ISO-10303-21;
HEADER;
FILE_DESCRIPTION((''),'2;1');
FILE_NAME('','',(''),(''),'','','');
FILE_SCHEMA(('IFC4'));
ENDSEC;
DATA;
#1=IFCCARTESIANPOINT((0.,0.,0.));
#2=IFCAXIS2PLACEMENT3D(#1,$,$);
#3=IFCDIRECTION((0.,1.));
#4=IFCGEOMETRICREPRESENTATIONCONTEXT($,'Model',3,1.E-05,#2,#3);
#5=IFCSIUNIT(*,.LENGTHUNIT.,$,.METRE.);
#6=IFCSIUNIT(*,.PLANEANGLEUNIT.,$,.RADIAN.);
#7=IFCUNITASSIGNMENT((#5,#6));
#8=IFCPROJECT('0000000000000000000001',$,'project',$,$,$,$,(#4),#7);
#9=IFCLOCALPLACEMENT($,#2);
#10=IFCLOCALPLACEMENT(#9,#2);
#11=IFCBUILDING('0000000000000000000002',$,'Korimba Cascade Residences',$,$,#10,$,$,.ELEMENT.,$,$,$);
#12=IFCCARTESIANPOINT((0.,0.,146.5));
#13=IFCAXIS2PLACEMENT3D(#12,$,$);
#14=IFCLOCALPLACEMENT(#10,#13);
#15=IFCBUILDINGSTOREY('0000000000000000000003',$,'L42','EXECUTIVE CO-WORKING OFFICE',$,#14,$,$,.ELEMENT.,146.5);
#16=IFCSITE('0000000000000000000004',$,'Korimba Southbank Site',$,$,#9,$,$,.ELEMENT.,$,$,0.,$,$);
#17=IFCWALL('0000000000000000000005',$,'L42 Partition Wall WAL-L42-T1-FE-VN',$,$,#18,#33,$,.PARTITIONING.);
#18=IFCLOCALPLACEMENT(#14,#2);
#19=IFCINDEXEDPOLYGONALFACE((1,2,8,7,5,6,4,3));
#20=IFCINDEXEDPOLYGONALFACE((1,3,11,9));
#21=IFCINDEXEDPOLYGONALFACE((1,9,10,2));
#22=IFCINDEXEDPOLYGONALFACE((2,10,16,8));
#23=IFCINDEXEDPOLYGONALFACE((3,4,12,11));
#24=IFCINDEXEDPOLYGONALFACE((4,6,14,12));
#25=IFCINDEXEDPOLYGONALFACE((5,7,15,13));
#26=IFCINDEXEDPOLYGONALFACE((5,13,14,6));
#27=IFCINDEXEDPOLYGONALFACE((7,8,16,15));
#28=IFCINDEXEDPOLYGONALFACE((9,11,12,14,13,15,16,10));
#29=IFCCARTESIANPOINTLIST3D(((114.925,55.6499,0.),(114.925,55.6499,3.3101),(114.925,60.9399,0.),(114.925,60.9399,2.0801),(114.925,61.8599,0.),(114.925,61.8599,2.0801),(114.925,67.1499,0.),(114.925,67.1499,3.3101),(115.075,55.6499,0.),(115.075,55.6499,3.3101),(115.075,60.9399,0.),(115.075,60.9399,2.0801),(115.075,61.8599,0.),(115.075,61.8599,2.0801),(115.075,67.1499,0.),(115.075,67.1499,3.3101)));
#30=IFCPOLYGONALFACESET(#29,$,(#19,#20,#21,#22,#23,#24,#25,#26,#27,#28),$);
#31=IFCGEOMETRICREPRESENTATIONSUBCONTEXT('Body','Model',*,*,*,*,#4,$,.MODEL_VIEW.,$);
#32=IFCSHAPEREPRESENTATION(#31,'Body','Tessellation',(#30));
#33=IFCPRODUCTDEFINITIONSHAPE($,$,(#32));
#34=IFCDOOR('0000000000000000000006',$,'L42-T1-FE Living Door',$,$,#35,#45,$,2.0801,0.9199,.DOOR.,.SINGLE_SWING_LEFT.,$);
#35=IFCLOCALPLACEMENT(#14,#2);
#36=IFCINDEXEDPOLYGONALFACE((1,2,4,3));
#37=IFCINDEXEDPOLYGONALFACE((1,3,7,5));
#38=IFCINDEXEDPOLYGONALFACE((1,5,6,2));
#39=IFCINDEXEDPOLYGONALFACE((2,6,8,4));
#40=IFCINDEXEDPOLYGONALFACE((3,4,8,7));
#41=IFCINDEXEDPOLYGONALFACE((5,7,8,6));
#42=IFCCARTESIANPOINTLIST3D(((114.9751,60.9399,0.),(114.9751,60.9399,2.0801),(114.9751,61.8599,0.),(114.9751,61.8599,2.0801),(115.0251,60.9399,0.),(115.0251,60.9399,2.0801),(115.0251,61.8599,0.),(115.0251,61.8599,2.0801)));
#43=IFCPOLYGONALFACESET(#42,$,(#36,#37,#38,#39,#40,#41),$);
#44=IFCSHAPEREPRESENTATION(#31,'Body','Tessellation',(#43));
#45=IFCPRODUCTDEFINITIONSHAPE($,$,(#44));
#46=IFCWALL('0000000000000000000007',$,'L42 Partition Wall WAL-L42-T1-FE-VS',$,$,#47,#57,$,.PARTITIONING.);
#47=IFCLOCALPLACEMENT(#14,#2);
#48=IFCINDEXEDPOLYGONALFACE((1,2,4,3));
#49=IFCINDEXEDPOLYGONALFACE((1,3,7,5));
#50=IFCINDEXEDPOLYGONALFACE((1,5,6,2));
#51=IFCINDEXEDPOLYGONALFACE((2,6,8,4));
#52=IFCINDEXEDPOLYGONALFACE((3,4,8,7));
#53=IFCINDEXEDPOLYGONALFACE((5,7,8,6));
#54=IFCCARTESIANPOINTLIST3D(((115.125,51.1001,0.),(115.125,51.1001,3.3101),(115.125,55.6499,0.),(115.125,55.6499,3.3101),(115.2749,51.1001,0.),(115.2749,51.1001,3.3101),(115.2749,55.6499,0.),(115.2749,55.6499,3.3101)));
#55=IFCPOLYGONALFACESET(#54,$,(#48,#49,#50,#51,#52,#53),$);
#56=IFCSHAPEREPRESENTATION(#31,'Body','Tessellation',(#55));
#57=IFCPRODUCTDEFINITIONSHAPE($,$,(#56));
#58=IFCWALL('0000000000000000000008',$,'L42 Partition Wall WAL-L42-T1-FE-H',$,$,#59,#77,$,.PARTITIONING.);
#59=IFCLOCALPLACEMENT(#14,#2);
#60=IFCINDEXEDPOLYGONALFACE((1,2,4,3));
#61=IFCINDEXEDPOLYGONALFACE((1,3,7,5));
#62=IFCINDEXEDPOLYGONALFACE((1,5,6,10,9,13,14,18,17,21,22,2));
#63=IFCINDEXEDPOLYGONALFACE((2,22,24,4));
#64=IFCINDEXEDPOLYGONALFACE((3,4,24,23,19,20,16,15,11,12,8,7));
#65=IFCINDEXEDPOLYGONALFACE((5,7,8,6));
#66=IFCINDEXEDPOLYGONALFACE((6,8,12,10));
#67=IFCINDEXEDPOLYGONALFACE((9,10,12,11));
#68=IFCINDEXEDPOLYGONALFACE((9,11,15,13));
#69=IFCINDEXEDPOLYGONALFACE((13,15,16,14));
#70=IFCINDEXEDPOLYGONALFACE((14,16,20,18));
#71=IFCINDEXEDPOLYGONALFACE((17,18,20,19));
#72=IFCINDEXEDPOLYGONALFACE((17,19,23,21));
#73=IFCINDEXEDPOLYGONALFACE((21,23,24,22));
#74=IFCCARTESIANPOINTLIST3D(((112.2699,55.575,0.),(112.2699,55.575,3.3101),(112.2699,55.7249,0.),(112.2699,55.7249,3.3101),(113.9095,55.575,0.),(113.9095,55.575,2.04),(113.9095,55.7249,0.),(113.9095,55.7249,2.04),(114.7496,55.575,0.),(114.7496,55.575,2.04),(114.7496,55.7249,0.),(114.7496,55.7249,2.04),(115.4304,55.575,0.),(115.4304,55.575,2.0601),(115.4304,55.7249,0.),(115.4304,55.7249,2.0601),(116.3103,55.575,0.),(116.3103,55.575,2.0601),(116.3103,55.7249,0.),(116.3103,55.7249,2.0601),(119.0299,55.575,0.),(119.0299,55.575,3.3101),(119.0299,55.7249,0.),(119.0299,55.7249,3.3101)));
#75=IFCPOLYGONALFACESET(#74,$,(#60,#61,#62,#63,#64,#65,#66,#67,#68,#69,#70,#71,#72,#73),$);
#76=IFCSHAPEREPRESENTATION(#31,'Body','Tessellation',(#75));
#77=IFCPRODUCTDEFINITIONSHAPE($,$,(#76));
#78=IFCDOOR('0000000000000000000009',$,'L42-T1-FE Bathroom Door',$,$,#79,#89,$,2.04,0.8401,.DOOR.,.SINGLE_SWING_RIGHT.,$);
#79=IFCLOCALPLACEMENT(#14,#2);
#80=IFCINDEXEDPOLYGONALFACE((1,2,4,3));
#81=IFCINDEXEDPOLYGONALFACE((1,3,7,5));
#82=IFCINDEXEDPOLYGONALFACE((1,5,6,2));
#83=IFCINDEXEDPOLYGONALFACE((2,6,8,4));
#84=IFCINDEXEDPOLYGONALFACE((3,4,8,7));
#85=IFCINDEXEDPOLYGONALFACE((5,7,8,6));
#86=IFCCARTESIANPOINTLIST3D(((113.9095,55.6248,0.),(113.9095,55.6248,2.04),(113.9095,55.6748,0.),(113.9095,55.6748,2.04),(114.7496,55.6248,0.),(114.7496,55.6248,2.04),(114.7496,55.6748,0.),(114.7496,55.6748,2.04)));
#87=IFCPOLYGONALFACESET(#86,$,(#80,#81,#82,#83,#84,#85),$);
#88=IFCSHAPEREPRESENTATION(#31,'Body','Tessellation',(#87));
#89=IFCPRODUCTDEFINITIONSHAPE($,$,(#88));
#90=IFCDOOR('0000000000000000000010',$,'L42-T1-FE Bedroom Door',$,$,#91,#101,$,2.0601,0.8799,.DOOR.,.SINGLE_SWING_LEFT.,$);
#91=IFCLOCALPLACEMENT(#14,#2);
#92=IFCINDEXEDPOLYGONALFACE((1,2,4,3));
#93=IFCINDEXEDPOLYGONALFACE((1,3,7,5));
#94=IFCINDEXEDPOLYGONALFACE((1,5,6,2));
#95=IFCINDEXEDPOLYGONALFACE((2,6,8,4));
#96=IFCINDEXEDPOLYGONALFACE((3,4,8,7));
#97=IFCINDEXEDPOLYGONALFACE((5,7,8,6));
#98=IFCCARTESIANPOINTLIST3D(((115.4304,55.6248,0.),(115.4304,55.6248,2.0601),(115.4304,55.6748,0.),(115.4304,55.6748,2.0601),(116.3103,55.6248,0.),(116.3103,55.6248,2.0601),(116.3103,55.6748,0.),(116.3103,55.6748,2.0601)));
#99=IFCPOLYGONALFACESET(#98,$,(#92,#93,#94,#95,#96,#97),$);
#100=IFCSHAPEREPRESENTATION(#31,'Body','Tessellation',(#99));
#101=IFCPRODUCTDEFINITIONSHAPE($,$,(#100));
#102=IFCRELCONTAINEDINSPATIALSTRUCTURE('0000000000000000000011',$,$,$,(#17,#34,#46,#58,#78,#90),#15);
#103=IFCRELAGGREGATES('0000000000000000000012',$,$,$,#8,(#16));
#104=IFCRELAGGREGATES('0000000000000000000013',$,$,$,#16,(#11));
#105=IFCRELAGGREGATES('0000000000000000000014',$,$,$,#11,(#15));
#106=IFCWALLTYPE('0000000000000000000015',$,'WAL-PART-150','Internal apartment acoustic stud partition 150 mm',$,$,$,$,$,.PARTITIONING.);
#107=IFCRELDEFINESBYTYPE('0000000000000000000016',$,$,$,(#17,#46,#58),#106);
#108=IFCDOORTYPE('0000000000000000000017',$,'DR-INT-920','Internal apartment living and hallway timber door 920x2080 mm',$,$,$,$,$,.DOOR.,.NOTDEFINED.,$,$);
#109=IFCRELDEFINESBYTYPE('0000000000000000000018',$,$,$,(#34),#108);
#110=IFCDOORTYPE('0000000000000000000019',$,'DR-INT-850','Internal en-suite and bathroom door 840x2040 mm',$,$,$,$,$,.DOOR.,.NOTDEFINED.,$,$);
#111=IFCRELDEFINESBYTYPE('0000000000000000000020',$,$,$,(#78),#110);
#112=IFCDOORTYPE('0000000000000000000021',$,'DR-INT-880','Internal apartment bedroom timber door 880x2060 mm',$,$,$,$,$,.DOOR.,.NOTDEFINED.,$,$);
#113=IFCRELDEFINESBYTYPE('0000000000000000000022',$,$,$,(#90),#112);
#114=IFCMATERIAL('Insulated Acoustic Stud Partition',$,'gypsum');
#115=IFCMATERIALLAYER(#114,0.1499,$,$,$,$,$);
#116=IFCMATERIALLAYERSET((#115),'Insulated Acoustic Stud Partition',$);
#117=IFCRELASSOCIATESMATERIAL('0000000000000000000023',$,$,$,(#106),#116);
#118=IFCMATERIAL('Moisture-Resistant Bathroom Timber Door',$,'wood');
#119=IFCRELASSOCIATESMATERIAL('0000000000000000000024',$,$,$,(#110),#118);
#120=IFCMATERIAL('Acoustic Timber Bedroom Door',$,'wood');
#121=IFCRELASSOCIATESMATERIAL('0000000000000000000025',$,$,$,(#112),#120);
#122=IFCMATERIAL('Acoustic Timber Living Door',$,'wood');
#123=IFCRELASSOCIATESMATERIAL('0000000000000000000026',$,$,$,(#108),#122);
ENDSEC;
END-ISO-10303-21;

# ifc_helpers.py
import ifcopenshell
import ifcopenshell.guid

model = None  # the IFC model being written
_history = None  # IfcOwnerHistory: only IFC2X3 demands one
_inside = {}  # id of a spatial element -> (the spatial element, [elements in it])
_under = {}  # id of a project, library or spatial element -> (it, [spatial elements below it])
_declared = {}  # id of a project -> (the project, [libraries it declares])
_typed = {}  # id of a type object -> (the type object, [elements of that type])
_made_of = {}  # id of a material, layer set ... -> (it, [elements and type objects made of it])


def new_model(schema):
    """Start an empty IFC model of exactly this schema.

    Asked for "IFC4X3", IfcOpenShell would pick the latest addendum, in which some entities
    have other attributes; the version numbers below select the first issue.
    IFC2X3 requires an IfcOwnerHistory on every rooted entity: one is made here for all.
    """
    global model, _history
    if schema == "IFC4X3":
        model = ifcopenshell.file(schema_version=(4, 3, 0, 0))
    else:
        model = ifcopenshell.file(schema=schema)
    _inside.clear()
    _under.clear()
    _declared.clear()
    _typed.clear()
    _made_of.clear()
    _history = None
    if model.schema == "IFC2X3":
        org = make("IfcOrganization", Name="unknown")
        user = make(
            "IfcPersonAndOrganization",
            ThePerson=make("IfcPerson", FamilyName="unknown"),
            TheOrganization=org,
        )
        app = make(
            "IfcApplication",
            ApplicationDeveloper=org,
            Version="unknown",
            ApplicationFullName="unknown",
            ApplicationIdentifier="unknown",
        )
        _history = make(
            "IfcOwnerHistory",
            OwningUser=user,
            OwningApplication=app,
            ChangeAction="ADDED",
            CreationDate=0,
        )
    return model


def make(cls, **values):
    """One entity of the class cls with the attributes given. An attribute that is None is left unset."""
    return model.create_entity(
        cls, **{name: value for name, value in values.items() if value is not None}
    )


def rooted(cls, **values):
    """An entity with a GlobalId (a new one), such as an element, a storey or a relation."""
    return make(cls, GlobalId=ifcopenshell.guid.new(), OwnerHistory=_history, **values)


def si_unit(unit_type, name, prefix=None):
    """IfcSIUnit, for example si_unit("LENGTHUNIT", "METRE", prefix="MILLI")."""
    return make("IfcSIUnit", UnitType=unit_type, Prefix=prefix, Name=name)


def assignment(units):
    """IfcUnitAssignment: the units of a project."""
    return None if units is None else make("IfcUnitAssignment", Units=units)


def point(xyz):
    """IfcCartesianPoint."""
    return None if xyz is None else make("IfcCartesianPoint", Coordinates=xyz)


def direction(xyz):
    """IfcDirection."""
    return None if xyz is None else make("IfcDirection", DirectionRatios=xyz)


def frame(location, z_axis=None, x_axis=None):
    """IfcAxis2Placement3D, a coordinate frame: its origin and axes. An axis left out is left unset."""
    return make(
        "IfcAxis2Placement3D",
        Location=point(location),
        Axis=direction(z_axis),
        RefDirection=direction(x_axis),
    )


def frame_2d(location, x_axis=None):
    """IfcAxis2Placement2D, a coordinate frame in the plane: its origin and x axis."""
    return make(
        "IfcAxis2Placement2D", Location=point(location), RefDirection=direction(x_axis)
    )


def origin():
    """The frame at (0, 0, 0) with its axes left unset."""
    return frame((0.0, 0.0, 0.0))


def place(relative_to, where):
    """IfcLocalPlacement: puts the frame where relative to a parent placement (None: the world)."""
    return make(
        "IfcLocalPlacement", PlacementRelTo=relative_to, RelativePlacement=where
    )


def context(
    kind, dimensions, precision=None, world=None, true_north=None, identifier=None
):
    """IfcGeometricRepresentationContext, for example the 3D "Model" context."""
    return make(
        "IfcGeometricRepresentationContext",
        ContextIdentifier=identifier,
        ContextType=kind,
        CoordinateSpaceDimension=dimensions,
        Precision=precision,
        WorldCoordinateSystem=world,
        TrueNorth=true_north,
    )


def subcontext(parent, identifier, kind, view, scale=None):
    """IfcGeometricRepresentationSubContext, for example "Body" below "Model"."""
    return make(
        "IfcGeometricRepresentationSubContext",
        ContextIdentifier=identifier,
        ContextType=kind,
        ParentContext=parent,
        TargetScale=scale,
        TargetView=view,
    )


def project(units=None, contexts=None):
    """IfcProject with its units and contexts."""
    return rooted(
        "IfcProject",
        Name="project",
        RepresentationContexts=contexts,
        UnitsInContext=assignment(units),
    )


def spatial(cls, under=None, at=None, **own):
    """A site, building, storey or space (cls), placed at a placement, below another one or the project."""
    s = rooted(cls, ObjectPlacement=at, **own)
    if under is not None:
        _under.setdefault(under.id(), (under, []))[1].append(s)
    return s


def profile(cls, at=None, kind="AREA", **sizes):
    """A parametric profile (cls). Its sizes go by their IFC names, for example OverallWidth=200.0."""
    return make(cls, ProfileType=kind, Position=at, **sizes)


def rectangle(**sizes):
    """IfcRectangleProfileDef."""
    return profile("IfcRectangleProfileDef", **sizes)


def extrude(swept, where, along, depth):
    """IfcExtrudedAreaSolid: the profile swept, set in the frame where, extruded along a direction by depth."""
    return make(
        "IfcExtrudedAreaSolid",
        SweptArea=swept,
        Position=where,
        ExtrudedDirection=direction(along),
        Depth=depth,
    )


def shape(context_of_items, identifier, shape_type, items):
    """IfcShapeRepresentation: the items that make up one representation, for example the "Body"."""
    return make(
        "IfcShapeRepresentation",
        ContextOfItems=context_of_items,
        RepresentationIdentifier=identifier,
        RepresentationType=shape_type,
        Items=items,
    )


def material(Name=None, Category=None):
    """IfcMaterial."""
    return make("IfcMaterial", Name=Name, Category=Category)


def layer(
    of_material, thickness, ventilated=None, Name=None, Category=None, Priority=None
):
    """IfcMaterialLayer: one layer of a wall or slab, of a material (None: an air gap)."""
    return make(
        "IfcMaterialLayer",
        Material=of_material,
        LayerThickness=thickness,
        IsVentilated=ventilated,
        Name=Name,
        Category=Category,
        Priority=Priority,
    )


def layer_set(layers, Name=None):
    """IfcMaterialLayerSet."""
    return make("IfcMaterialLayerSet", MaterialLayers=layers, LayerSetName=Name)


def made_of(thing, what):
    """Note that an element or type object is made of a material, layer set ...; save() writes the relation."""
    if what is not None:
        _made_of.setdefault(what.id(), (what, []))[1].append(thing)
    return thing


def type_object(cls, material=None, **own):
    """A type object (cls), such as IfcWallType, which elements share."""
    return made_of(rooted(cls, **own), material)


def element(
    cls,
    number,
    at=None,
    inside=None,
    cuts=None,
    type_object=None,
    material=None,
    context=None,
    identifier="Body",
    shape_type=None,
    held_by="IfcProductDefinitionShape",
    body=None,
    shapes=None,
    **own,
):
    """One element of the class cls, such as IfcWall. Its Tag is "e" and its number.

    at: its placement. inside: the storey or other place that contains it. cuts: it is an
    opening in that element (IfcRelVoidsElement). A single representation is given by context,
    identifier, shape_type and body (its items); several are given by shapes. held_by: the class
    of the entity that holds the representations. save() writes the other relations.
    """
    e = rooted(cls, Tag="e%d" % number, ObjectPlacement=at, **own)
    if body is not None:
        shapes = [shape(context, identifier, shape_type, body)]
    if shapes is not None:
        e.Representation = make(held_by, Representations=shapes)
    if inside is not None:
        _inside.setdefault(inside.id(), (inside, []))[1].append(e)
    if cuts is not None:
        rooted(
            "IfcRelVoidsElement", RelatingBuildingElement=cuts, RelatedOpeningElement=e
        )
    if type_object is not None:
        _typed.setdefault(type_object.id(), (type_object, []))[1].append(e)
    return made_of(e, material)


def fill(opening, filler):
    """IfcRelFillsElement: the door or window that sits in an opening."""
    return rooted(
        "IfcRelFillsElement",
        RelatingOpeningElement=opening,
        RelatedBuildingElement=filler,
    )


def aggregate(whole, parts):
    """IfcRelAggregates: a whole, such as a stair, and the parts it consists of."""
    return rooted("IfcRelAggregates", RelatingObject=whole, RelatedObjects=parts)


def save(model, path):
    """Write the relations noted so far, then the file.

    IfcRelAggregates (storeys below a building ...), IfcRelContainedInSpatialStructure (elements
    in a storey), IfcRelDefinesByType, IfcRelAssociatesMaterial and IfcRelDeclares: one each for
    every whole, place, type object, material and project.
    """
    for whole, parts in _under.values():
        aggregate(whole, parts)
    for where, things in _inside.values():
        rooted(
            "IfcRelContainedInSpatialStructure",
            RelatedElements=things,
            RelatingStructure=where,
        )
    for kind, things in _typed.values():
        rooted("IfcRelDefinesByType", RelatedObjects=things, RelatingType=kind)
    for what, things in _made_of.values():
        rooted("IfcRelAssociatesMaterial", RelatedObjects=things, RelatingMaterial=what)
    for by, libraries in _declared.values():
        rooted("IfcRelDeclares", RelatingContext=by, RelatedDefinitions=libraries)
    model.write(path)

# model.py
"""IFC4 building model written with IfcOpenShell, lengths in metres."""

from ifc_helpers import new_model, si_unit, direction, frame, frame_2d, origin, place, context, subcontext, project, spatial, rectangle, extrude, material, layer, layer_set, type_object, element, fill, save


model = new_model("IFC4")

# Units and contexts
model_context = context("Model", 3, precision=1e-05, world=origin(), true_north=direction((0.0, 1.0)))
body_context = subcontext(model_context, "Body", "Model", "MODEL_VIEW")
ifc_project = project(units=[si_unit("LENGTHUNIT", "METRE"), si_unit("PLANEANGLEUNIT", "RADIAN")], contexts=[model_context])

# Site, building, storey
site_placement = place(None, origin())
site = spatial("IfcSite", under=ifc_project, at=site_placement, Name="Korimba Southbank Site", CompositionType="ELEMENT", RefElevation=0.0)
building_placement = place(site_placement, origin())
building = spatial("IfcBuilding", under=site, at=building_placement, Name="Korimba Cascade Residences", CompositionType="ELEMENT")
storey_placement = place(building_placement, frame((0.0, 0.0, 146.5)))
storey = spatial("IfcBuildingStorey", under=building, at=storey_placement, Name="L42", Description="EXECUTIVE CO-WORKING OFFICE", CompositionType="ELEMENT", Elevation=146.5)

# Wall, opening, door
ifc_material_1 = material(Name="Insulated Acoustic Stud Partition", Category="gypsum")
ifc_layer_1 = layer(ifc_material_1, 0.1499)
ifc_layer_set_1 = layer_set([ifc_layer_1], Name="Insulated Acoustic Stud Partition")
wall_type_1 = type_object("IfcWallType", Name="WAL-PART-150", Description="Internal apartment acoustic stud partition 150 mm", PredefinedType="PARTITIONING", material=ifc_layer_set_1)
ifc_material_2 = material(Name="Moisture-Resistant Bathroom Timber Door", Category="wood")
door_type_1 = type_object("IfcDoorType", Name="DR-INT-850", Description="Internal en-suite and bathroom door 840x2040 mm", OperationType="NOTDEFINED", PredefinedType="DOOR", material=ifc_material_2)
ifc_material_3 = material(Name="Acoustic Timber Bedroom Door", Category="wood")
door_type_2 = type_object("IfcDoorType", Name="DR-INT-880", Description="Internal apartment bedroom timber door 880x2060 mm", OperationType="NOTDEFINED", PredefinedType="DOOR", material=ifc_material_3)
wall_1_placement = place(storey_placement, frame((115.0, 55.6499, 0.0), z_axis=(0.0, 0.0, 1.0), x_axis=(0.0, 1.0, 0.0)))
wall_1 = element("IfcWall", 1, at=wall_1_placement, inside=storey, type_object=wall_type_1, Name="L42 Partition Wall WAL-L42-T1-FE-VN", PredefinedType="PARTITIONING", context=body_context, shape_type="SweptSolid", body=[
    extrude(rectangle(XDim=11.5, YDim=0.1499, at=frame_2d((5.75, 0.0))), origin(), (0.0, 0.0, 1.0), 3.3101),
])
opening_1_placement = place(wall_1_placement, frame((5.29, 0.0, 0.0)))
opening_1 = element("IfcOpeningElement", 2, at=opening_1_placement, cuts=wall_1, PredefinedType="OPENING", context=body_context, shape_type="SweptSolid", body=[
    extrude(rectangle(XDim=0.9199, YDim=2.0801, at=frame_2d((0.46, 1.04))), frame((0.0, 0.085, 0.0), z_axis=(0.0, -1.0, 0.0), x_axis=(1.0, 0.0, 0.0)), (0.0, 0.0, 1.0), 0.1699),
])
ifc_material_4 = material(Name="Acoustic Timber Living Door", Category="wood")
door_type_3 = type_object("IfcDoorType", Name="DR-INT-920", Description="Internal apartment living and hallway timber door 920x2080 mm", OperationType="NOTDEFINED", PredefinedType="DOOR", material=ifc_material_4)
door_1_placement = place(opening_1_placement, origin())
door_1 = element("IfcDoor", 3, at=door_1_placement, inside=storey, type_object=door_type_3, Name="L42-T1-FE Living Door", OperationType="SINGLE_SWING_LEFT", OverallHeight=2.0801, OverallWidth=0.9199, PredefinedType="DOOR", context=body_context, shape_type="SweptSolid", body=[
    extrude(rectangle(XDim=0.9199, YDim=2.0801, at=frame_2d((0.46, 1.04))), frame((0.0, 0.0249, 0.0), z_axis=(0.0, -1.0, 0.0), x_axis=(1.0, 0.0, 0.0)), (0.0, 0.0, 1.0), 0.05),
])
fill(opening_1, door_1)

# Wall
wall_2_placement = place(storey_placement, frame((115.2, 51.1001, 0.0), z_axis=(0.0, 0.0, 1.0), x_axis=(0.0, 1.0, 0.0)))
element("IfcWall", 4, at=wall_2_placement, inside=storey, type_object=wall_type_1, Name="L42 Partition Wall WAL-L42-T1-FE-VS", PredefinedType="PARTITIONING", context=body_context, shape_type="SweptSolid", body=[
    extrude(rectangle(XDim=4.5498, YDim=0.1499, at=frame_2d((2.2749, 0.0))), origin(), (0.0, 0.0, 1.0), 3.3101),
])

# Wall, openings, doors
wall_3_placement = place(storey_placement, frame((112.27, 55.6499, 0.0), z_axis=(0.0, 0.0, 1.0), x_axis=(1.0, 0.0, 0.0)))
wall_3 = element("IfcWall", 5, at=wall_3_placement, inside=storey, type_object=wall_type_1, Name="L42 Partition Wall WAL-L42-T1-FE-H", PredefinedType="PARTITIONING", context=body_context, shape_type="SweptSolid", body=[
    extrude(rectangle(XDim=6.76, YDim=0.1499, at=frame_2d((3.3799, 0.0))), origin(), (0.0, 0.0, 1.0), 3.3101),
])
opening_2_placement = place(wall_3_placement, frame((1.6396, 0.0, 0.0)))
opening_2 = element("IfcOpeningElement", 6, at=opening_2_placement, cuts=wall_3, PredefinedType="OPENING", context=body_context, shape_type="SweptSolid", body=[
    extrude(rectangle(XDim=0.8401, YDim=2.04, at=frame_2d((0.4199, 1.02))), frame((0.0, 0.085, 0.0), z_axis=(0.0, -1.0, 0.0), x_axis=(1.0, 0.0, 0.0)), (0.0, 0.0, 1.0), 0.1699),
])
opening_3_placement = place(wall_3_placement, frame((3.1604, 0.0, 0.0)))
opening_3 = element("IfcOpeningElement", 7, at=opening_3_placement, cuts=wall_3, PredefinedType="OPENING", context=body_context, shape_type="SweptSolid", body=[
    extrude(rectangle(XDim=0.8799, YDim=2.0601, at=frame_2d((0.4399, 1.03))), frame((0.0, 0.085, 0.0), z_axis=(0.0, -1.0, 0.0), x_axis=(1.0, 0.0, 0.0)), (0.0, 0.0, 1.0), 0.1699),
])
door_2_placement = place(opening_2_placement, origin())
door_2 = element("IfcDoor", 8, at=door_2_placement, inside=storey, type_object=door_type_1, Name="L42-T1-FE Bathroom Door", OperationType="SINGLE_SWING_RIGHT", OverallHeight=2.04, OverallWidth=0.8401, PredefinedType="DOOR", context=body_context, shape_type="SweptSolid", body=[
    extrude(rectangle(XDim=0.8401, YDim=2.04, at=frame_2d((0.4199, 1.02))), frame((0.0, 0.0249, 0.0), z_axis=(0.0, -1.0, 0.0), x_axis=(1.0, 0.0, 0.0)), (0.0, 0.0, 1.0), 0.05),
])
fill(opening_2, door_2)
door_3_placement = place(opening_3_placement, origin())
door_3 = element("IfcDoor", 9, at=door_3_placement, inside=storey, type_object=door_type_2, Name="L42-T1-FE Bedroom Door", OperationType="SINGLE_SWING_LEFT", OverallHeight=2.0601, OverallWidth=0.8799, PredefinedType="DOOR", context=body_context, shape_type="SweptSolid", body=[
    extrude(rectangle(XDim=0.8799, YDim=2.0601, at=frame_2d((0.4399, 1.03))), frame((0.0, 0.0249, 0.0), z_axis=(0.0, -1.0, 0.0), x_axis=(1.0, 0.0, 0.0)), (0.0, 0.0, 1.0), 0.05),
])
fill(opening_3, door_3)

save(model, "model.ifc")
